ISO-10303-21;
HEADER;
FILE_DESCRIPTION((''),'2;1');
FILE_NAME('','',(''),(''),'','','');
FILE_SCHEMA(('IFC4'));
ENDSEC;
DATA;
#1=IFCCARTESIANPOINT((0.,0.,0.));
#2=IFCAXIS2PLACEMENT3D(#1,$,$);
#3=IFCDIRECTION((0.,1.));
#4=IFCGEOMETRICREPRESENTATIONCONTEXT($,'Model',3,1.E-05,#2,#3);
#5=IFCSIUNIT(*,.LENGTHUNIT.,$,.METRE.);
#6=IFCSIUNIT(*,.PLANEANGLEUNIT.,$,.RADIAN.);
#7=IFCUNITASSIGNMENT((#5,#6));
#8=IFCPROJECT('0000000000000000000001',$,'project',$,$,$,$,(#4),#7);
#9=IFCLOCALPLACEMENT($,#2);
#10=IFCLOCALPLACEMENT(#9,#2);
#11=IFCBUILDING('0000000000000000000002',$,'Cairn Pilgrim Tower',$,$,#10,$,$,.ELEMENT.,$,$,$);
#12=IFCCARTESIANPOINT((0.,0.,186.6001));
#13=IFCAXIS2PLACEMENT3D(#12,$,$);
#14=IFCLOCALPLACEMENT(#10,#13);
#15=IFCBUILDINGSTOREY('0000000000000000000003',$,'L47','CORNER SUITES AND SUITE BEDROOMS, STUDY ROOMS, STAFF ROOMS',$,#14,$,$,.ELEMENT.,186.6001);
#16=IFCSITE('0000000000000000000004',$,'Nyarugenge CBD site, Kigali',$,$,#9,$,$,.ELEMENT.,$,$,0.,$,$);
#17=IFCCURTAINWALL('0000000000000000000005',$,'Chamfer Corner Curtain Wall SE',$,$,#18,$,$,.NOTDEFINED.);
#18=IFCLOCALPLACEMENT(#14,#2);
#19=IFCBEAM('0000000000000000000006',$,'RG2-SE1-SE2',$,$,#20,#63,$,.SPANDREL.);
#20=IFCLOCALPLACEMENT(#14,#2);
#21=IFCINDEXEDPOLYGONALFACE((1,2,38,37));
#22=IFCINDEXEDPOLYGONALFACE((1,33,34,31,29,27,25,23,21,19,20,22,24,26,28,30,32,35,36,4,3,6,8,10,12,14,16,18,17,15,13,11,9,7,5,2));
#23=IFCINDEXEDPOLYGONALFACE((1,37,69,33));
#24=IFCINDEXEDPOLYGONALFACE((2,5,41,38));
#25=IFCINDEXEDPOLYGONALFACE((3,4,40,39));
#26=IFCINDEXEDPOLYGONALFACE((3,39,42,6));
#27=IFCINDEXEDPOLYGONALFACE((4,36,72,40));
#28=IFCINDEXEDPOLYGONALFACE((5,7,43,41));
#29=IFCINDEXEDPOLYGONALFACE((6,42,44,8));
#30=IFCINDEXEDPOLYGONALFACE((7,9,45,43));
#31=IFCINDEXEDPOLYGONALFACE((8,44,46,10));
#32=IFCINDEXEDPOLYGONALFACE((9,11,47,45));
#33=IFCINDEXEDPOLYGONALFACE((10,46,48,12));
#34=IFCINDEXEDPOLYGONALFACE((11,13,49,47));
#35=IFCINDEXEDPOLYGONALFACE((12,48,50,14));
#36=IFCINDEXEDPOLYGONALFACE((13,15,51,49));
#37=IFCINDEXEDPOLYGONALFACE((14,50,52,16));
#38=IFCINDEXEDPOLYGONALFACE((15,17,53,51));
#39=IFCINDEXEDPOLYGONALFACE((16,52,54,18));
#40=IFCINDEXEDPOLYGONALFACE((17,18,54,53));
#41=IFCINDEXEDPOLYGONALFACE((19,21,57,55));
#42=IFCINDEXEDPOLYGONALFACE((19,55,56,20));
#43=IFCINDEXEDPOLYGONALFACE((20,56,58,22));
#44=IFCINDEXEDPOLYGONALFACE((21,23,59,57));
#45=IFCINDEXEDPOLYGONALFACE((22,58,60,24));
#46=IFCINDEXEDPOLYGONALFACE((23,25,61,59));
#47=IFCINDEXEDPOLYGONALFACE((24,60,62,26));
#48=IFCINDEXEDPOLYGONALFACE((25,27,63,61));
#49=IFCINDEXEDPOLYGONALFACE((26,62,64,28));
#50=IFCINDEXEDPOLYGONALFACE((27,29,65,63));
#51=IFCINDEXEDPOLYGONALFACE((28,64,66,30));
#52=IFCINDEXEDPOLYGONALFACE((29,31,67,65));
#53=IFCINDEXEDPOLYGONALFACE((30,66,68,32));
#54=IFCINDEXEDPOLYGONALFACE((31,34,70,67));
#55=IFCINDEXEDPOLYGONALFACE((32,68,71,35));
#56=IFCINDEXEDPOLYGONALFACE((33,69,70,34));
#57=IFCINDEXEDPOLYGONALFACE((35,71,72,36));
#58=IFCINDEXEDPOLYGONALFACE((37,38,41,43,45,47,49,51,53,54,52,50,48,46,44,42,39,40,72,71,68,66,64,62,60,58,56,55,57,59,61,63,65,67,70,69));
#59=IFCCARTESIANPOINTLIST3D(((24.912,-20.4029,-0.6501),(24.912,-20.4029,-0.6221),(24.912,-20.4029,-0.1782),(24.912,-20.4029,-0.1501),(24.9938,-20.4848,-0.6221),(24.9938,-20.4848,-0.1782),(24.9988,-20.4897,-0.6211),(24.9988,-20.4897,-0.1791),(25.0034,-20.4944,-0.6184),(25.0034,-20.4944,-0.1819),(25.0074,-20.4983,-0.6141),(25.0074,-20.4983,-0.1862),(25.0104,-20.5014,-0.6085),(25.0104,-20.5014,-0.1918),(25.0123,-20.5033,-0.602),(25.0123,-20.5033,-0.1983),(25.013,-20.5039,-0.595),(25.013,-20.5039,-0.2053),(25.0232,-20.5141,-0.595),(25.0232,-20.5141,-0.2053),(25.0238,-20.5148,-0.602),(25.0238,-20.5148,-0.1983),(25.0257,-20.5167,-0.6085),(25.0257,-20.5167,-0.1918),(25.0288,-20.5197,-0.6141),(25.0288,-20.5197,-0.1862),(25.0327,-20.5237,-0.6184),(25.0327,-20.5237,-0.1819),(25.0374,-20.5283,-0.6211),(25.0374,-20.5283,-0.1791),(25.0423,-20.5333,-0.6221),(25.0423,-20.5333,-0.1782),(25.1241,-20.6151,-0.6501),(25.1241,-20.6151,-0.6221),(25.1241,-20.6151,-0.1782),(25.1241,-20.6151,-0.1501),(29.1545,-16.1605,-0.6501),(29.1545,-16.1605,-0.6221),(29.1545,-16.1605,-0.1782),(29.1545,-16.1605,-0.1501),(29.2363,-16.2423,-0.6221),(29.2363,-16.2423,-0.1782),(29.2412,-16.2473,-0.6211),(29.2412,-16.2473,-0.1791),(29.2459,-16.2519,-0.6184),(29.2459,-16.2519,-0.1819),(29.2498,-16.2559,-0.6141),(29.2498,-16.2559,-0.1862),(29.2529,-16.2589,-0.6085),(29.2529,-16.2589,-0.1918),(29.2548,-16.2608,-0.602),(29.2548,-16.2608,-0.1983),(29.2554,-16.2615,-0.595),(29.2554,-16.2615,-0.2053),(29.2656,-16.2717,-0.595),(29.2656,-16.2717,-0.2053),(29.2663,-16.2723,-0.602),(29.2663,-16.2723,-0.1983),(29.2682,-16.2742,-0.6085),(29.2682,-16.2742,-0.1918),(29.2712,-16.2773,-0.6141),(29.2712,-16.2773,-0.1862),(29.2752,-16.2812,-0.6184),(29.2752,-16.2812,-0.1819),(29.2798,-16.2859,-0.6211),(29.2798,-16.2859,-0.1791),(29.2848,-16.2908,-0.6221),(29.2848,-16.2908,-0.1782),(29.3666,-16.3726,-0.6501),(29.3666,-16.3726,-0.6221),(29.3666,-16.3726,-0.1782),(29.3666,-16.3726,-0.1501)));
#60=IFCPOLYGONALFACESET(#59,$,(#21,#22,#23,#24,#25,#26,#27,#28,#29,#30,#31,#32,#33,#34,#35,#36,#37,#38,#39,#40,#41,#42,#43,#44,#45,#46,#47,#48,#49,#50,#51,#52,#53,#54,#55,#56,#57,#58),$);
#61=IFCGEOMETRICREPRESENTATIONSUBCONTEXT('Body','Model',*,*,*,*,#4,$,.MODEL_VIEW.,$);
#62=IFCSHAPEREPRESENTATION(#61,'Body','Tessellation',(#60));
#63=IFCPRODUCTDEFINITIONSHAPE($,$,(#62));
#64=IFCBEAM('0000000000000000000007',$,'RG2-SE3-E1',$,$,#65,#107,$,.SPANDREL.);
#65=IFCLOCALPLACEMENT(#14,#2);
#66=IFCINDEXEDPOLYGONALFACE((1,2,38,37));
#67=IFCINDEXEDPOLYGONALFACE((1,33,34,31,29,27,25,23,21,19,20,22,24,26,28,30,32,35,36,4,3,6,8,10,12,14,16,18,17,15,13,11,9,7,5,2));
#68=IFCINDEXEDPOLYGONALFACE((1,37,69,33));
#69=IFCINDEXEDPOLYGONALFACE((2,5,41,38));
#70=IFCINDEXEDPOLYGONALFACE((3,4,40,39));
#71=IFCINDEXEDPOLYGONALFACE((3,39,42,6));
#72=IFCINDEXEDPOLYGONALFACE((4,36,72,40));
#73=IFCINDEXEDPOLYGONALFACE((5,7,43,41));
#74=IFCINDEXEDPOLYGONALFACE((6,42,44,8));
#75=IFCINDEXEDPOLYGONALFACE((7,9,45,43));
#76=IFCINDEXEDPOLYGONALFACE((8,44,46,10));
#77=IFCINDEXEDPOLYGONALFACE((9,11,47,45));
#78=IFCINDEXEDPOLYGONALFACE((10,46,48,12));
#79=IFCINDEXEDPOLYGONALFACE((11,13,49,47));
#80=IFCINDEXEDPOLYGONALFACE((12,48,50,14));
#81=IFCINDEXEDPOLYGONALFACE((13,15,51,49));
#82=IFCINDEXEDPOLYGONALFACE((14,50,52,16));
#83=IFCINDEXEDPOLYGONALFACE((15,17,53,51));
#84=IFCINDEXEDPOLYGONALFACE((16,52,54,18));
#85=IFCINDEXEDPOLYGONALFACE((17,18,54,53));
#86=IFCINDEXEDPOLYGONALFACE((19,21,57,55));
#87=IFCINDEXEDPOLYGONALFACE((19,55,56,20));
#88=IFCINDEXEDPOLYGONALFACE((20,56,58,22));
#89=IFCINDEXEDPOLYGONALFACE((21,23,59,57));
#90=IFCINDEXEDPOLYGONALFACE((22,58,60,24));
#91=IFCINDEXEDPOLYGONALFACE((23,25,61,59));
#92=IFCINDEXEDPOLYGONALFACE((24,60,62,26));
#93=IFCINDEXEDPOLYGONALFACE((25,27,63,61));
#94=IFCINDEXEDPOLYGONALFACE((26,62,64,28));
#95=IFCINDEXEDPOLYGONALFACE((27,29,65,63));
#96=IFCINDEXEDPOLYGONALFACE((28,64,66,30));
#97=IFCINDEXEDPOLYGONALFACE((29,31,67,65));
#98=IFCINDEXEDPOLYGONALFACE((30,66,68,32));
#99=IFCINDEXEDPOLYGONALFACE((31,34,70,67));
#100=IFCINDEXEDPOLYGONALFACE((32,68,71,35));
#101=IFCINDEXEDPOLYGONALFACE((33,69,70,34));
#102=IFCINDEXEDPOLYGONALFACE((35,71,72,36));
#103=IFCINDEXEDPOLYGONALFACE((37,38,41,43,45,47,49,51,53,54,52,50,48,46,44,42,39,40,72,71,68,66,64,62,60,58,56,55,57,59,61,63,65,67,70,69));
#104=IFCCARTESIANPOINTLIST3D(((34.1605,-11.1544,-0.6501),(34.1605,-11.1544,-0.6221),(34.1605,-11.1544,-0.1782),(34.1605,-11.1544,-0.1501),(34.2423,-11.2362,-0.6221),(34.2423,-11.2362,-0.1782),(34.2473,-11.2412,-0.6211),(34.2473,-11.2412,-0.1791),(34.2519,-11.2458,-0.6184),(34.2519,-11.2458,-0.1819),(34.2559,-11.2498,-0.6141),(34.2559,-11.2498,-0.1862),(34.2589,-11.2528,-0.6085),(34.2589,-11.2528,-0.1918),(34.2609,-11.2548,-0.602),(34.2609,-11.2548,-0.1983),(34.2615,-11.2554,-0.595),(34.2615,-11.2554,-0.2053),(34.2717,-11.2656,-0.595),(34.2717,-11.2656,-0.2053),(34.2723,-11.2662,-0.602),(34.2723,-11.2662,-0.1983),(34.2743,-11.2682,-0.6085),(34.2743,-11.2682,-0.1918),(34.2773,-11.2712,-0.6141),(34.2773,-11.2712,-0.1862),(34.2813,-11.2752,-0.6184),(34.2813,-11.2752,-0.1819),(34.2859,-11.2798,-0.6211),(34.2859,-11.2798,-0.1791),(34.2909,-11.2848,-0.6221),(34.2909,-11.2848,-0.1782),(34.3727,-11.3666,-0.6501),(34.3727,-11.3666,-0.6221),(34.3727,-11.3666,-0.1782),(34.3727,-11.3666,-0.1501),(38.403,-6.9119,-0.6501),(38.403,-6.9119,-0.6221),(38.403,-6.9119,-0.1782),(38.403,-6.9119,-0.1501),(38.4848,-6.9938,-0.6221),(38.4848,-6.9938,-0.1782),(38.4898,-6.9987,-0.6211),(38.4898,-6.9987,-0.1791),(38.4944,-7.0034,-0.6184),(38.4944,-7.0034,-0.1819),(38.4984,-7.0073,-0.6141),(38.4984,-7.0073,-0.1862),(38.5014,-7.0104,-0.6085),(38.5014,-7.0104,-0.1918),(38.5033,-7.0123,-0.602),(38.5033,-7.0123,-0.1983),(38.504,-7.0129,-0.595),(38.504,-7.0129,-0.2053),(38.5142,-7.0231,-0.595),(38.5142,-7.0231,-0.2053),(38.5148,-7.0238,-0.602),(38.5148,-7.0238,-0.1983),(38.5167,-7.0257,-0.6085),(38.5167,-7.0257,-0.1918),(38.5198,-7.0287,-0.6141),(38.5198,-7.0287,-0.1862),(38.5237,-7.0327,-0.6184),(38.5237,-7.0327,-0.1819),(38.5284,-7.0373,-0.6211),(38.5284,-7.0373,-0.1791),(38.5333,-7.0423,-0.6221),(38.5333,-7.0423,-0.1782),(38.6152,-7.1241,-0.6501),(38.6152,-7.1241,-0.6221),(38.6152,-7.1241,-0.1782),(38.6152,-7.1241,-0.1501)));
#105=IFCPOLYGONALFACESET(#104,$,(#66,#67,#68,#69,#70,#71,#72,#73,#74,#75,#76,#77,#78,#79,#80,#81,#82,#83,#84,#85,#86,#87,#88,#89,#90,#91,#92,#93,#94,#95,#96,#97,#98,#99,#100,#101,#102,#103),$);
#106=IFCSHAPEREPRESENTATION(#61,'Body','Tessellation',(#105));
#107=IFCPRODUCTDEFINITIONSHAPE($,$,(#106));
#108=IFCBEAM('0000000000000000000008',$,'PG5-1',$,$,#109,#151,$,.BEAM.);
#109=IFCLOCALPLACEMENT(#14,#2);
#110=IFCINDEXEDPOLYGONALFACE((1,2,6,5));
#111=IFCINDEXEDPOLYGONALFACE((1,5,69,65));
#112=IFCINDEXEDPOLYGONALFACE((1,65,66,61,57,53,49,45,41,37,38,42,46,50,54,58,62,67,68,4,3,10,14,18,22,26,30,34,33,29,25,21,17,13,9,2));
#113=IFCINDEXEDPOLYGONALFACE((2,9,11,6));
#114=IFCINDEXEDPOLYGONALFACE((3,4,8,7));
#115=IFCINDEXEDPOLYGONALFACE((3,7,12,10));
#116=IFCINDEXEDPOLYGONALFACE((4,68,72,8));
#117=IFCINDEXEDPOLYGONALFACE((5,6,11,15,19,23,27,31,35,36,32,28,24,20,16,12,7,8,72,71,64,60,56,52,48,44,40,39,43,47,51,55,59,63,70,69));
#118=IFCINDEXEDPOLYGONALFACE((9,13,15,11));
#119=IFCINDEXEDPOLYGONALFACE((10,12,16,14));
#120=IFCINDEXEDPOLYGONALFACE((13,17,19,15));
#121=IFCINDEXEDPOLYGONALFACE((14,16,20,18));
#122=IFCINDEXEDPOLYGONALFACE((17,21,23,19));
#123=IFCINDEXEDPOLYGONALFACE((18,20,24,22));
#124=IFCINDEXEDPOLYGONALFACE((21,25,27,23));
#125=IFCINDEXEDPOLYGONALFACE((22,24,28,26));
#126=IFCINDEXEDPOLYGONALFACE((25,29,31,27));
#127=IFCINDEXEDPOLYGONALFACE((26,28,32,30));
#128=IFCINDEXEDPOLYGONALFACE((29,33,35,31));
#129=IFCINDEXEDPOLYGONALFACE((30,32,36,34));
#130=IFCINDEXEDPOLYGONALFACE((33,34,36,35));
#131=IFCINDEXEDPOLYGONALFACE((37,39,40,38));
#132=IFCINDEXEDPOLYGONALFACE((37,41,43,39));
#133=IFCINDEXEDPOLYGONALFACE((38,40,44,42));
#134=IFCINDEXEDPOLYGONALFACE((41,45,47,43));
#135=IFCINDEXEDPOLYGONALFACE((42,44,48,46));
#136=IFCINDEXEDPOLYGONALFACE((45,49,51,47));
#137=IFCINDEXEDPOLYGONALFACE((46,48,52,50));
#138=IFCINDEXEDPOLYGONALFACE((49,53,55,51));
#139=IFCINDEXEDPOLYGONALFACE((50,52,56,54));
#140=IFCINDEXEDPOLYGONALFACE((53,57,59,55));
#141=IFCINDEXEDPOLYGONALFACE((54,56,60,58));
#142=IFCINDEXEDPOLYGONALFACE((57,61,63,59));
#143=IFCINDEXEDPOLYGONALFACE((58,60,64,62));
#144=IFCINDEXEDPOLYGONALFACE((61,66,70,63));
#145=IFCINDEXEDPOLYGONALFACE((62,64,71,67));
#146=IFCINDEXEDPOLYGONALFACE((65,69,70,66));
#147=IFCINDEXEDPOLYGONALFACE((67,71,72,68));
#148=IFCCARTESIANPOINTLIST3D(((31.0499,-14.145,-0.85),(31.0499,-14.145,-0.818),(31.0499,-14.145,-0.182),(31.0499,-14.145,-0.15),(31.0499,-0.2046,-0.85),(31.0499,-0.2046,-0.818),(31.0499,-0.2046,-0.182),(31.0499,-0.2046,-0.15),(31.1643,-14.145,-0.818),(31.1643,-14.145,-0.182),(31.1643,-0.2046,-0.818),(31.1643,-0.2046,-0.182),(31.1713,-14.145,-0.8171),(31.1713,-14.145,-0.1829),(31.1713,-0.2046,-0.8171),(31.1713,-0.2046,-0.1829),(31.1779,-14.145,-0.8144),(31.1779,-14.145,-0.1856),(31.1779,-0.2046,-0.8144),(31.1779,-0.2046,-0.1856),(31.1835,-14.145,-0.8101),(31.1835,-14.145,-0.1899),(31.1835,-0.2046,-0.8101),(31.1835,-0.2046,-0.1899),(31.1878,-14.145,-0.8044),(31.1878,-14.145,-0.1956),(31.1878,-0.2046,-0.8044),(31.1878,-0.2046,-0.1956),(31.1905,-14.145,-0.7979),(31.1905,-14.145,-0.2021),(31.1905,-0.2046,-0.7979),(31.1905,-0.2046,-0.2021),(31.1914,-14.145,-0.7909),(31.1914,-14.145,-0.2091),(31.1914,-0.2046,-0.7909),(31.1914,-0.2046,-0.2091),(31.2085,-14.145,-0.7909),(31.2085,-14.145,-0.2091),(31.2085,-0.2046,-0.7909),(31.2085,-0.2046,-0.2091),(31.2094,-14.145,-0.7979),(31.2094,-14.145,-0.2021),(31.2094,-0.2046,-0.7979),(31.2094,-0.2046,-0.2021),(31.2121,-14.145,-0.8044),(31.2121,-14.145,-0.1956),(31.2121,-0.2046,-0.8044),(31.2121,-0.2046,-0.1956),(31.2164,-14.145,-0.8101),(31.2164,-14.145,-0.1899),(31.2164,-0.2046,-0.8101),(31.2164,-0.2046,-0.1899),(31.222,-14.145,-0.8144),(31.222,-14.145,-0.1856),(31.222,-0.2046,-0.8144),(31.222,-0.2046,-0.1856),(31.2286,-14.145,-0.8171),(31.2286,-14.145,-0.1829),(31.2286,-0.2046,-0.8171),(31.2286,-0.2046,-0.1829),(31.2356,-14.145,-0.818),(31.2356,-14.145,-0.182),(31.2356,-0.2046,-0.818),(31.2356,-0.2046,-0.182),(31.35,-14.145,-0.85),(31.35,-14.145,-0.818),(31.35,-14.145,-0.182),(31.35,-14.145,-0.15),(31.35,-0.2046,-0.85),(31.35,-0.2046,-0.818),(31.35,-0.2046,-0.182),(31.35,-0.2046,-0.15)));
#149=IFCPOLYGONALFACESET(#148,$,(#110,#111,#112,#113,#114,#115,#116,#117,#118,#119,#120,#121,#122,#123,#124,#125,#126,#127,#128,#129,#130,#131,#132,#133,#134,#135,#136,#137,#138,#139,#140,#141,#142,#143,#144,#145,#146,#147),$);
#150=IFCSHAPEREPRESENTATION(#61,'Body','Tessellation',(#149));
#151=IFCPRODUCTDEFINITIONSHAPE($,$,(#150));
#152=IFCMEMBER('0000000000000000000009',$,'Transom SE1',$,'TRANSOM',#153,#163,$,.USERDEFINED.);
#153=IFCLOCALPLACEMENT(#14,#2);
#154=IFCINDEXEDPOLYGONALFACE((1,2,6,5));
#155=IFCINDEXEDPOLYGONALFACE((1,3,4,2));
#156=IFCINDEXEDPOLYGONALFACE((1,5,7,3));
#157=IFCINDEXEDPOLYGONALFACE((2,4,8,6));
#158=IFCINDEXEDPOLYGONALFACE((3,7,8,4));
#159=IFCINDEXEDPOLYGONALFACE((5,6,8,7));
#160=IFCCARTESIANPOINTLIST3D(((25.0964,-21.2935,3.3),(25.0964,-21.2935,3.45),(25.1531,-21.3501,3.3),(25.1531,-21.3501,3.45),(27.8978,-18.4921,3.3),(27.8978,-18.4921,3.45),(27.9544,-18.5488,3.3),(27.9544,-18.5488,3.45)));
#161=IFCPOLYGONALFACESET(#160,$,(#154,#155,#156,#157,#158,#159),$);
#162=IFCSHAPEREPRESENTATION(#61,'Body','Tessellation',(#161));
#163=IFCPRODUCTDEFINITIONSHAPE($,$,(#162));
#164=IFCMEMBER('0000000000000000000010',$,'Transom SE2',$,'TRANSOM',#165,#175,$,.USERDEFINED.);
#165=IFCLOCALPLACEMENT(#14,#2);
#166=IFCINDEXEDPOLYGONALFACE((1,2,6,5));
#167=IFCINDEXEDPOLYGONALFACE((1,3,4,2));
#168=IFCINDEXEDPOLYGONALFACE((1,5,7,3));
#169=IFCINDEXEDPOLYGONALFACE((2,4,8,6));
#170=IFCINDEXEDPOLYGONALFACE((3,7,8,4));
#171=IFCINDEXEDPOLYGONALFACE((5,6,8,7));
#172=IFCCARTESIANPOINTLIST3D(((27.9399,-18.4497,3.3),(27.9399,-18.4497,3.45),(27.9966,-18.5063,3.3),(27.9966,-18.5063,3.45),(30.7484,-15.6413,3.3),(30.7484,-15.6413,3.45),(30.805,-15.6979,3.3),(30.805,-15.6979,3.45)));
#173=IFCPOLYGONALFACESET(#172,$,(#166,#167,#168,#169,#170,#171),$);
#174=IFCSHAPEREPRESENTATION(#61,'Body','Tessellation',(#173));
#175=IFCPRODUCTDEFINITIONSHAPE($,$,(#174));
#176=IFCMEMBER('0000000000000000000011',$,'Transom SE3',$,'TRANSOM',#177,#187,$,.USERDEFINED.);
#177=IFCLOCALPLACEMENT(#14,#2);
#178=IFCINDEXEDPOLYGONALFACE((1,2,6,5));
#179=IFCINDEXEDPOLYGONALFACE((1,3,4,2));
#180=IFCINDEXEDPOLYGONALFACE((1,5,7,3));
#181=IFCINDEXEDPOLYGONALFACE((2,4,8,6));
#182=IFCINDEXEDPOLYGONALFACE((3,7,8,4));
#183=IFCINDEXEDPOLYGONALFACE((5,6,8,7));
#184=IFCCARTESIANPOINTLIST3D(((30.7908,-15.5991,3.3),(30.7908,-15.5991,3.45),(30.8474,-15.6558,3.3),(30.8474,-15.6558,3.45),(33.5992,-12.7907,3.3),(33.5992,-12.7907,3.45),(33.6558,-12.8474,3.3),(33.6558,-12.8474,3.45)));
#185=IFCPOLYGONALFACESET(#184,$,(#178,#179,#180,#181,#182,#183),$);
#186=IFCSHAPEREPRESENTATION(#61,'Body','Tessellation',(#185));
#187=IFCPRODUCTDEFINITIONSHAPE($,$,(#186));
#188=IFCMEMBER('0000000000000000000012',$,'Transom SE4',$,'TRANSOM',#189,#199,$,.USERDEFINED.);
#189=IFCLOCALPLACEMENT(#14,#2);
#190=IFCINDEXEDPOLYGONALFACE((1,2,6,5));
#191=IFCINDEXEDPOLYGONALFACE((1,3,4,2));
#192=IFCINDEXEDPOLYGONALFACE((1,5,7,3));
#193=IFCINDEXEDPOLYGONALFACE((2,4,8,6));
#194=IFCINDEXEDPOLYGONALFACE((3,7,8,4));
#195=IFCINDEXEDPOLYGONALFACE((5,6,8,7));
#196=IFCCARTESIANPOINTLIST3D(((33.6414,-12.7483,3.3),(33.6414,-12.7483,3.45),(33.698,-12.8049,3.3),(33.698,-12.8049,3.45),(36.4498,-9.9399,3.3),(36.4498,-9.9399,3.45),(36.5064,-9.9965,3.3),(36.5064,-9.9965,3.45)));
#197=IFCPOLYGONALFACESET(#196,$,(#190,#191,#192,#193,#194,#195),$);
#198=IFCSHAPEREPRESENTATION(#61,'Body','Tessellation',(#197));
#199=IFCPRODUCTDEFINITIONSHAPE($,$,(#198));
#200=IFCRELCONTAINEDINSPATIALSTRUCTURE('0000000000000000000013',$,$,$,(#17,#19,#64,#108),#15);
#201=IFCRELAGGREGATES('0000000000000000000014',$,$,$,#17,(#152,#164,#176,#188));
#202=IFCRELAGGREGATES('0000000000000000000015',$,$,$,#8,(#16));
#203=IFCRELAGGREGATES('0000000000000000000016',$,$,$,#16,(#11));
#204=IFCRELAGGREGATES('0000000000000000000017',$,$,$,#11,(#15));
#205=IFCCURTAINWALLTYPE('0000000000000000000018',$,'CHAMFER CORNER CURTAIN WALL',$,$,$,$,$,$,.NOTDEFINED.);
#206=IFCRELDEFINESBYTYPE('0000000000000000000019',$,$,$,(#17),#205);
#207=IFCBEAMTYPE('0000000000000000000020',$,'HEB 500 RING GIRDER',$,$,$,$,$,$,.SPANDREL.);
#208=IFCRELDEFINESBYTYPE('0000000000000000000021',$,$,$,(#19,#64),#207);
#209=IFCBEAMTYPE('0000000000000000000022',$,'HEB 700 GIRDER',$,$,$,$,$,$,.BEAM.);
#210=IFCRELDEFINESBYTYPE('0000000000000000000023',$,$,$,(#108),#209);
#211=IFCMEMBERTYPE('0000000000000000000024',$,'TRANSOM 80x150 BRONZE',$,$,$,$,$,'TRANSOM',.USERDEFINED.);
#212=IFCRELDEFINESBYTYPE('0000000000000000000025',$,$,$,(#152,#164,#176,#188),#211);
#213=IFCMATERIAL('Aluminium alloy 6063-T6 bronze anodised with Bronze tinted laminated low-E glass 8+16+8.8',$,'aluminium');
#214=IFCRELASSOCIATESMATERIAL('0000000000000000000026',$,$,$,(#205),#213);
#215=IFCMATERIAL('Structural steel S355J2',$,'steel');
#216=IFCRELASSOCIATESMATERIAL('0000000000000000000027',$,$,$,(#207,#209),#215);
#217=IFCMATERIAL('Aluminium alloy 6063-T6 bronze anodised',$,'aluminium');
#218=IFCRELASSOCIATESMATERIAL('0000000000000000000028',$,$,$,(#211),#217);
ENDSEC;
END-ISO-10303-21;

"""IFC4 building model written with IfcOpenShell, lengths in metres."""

from ifc_helpers import new_model, si_unit, direction, frame, origin, origin_2d, place, context, subcontext, project, spatial, rectangle, i_section, extrude, material, material_profile, profile_set, type_object, element, aggregate, save


model = new_model("IFC4")

# Units and contexts
model_context = context("Model", 3, precision=1e-05, world=origin(), true_north=direction((0.0, 1.0)))
body_context = subcontext(model_context, "Body", "Model", "MODEL_VIEW")
ifc_project = project(units=[si_unit("LENGTHUNIT", "METRE"), si_unit("PLANEANGLEUNIT", "RADIAN")], contexts=[model_context])

# Site, building, storey
site_placement = place(None, origin())
site = spatial("IfcSite", under=ifc_project, at=site_placement, Name="Nyarugenge CBD site, Kigali", CompositionType="ELEMENT", RefElevation=0.0)
building_placement = place(site_placement, origin())
building = spatial("IfcBuilding", under=site, at=building_placement, Name="Cairn Pilgrim Tower", CompositionType="ELEMENT")
storey_placement = place(building_placement, frame((0.0, 0.0, 186.6001)))
storey = spatial("IfcBuildingStorey", under=building, at=storey_placement, Name="L47", Description="CORNER SUITES AND SUITE BEDROOMS, STUDY ROOMS, STAFF ROOMS", CompositionType="ELEMENT", Elevation=186.6001)

# Shared definitions
ifc_material_1 = material(Name="Structural steel S355J2", Category="steel")

# Curtain wall
ifc_material_2 = material(Name="Aluminium alloy 6063-T6 bronze anodised with Bronze tinted laminated low-E glass 8+16+8.8", Category="aluminium")
curtain_wall_type = type_object("IfcCurtainWallType", Name="CHAMFER CORNER CURTAIN WALL", PredefinedType="NOTDEFINED", material=ifc_material_2)
curtain_wall_placement = place(storey_placement, origin())
curtain_wall = element("IfcCurtainWall", 1, at=curtain_wall_placement, inside=storey, type_object=curtain_wall_type, Name="Chamfer Corner Curtain Wall SE", PredefinedType="NOTDEFINED")
ifc_material_3 = material(Name="Aluminium alloy 6063-T6 bronze anodised", Category="aluminium")

# Beams
ifc_material_profile_1 = material_profile(ifc_material_1, i_section(OverallWidth=0.3, OverallDepth=0.5, WebThickness=0.0144, FlangeThickness=0.0281, FilletRadius=0.0271, at=origin_2d()), Name="HEB 500")
ifc_profile_set_1 = profile_set([ifc_material_profile_1], Name="Structural steel S355J2")
beam_type_1 = type_object("IfcBeamType", Name="HEB 500 RING GIRDER", PredefinedType="SPANDREL", material=ifc_profile_set_1)
for number, where, z_axis, x_axis, name in (
    (2, (25.0181, -20.509, -0.4001), (0.707107, 0.707107, 0.0), (-0.707107, 0.707107, 0.0), "RG2-SE1-SE2"),
    (3, (34.2666, -11.2605, -0.4001), (0.707107, 0.707107, 0.0), (-0.707107, 0.707107, 0.0), "RG2-SE3-E1"),
):
    element("IfcBeam", number, at=place(storey_placement, frame(where, z_axis=z_axis, x_axis=x_axis)), inside=storey, type_object=beam_type_1, Name=name, PredefinedType="SPANDREL", context=body_context, shape_type="SweptSolid", body=[
        extrude(i_section(OverallWidth=0.3, OverallDepth=0.5, WebThickness=0.0144, FlangeThickness=0.0281, FilletRadius=0.0271, at=origin_2d()), origin(), (0.0, 0.0, 1.0), 5.9998),
    ])
ifc_material_profile_2 = material_profile(ifc_material_1, i_section(OverallWidth=0.3, OverallDepth=0.7, WebThickness=0.0171, FlangeThickness=0.032, FilletRadius=0.0271, at=origin_2d()), Name="HEB 700")
ifc_profile_set_2 = profile_set([ifc_material_profile_2], Name="Structural steel S355J2")
beam_type_2 = type_object("IfcBeamType", Name="HEB 700 GIRDER", PredefinedType="BEAM", material=ifc_profile_set_2)
beam_1_placement = place(storey_placement, frame((31.2, -14.145, -0.5), z_axis=(0.0, 1.0, 0.0), x_axis=(-1.0, 0.0, 0.0)))
element("IfcBeam", 4, at=beam_1_placement, inside=storey, type_object=beam_type_2, Name="PG5-1", PredefinedType="BEAM", context=body_context, shape_type="SweptSolid", body=[
    extrude(i_section(OverallWidth=0.3, OverallDepth=0.7, WebThickness=0.0171, FlangeThickness=0.032, FilletRadius=0.0271, at=origin_2d()), origin(), (0.0, 0.0, 1.0), 13.9404),
])

# Members
ifc_material_profile_3 = material_profile(ifc_material_3, rectangle(XDim=0.0801, YDim=0.1499, at=origin_2d()), Name="TRANSOM 80x150 BRONZE")
ifc_profile_set_3 = profile_set([ifc_material_profile_3], Name="Aluminium alloy 6063-T6 bronze anodised")
member_type_1 = type_object("IfcMemberType", Name="TRANSOM 80x150 BRONZE", ElementType="TRANSOM", PredefinedType="USERDEFINED", material=ifc_profile_set_3)
member_1_placement = place(storey_placement, frame((25.1248, -21.3218, 3.375), z_axis=(0.707107, 0.707107, 0.0), x_axis=(-0.707107, 0.707107, 0.0)))
member_1 = element("IfcMember", 5, at=member_1_placement, type_object=member_type_1, Name="Transom SE1", ObjectType="TRANSOM", PredefinedType="USERDEFINED", context=body_context, shape_type="SweptSolid", body=[
    extrude(rectangle(XDim=0.0801, YDim=0.1499, at=origin_2d()), origin(), (0.0, 0.0, 1.0), 3.9617),
])
member_2_placement = place(storey_placement, frame((27.9683, -18.478, 3.375), z_axis=(0.707107, 0.707107, 0.0), x_axis=(-0.707107, 0.707107, 0.0)))
member_2 = element("IfcMember", 6, at=member_2_placement, type_object=member_type_1, Name="Transom SE2", ObjectType="TRANSOM", PredefinedType="USERDEFINED", context=body_context, shape_type="SweptSolid", body=[
    extrude(rectangle(XDim=0.0801, YDim=0.1499, at=origin_2d()), origin(), (0.0, 0.0, 1.0), 3.9717),
])
member_3_placement = place(storey_placement, frame((30.8191, -15.6274, 3.375), z_axis=(0.707107, 0.707107, 0.0), x_axis=(-0.707107, 0.707107, 0.0)))
member_3 = element("IfcMember", 7, at=member_3_placement, type_object=member_type_1, Name="Transom SE3", ObjectType="TRANSOM", PredefinedType="USERDEFINED", context=body_context, shape_type="SweptSolid", body=[
    extrude(rectangle(XDim=0.0801, YDim=0.1499, at=origin_2d()), origin(), (0.0, 0.0, 1.0), 3.9717),
])
member_4_placement = place(storey_placement, frame((33.6697, -12.7766, 3.375), z_axis=(0.707107, 0.707107, 0.0), x_axis=(-0.707107, 0.707107, 0.0)))
member_4 = element("IfcMember", 8, at=member_4_placement, type_object=member_type_1, Name="Transom SE4", ObjectType="TRANSOM", PredefinedType="USERDEFINED", context=body_context, shape_type="SweptSolid", body=[
    extrude(rectangle(XDim=0.0801, YDim=0.1499, at=origin_2d()), origin(), (0.0, 0.0, 1.0), 3.9717),
])

aggregate(curtain_wall, [member_1, member_2, member_3, member_4])

save(model, "model.ifc")
